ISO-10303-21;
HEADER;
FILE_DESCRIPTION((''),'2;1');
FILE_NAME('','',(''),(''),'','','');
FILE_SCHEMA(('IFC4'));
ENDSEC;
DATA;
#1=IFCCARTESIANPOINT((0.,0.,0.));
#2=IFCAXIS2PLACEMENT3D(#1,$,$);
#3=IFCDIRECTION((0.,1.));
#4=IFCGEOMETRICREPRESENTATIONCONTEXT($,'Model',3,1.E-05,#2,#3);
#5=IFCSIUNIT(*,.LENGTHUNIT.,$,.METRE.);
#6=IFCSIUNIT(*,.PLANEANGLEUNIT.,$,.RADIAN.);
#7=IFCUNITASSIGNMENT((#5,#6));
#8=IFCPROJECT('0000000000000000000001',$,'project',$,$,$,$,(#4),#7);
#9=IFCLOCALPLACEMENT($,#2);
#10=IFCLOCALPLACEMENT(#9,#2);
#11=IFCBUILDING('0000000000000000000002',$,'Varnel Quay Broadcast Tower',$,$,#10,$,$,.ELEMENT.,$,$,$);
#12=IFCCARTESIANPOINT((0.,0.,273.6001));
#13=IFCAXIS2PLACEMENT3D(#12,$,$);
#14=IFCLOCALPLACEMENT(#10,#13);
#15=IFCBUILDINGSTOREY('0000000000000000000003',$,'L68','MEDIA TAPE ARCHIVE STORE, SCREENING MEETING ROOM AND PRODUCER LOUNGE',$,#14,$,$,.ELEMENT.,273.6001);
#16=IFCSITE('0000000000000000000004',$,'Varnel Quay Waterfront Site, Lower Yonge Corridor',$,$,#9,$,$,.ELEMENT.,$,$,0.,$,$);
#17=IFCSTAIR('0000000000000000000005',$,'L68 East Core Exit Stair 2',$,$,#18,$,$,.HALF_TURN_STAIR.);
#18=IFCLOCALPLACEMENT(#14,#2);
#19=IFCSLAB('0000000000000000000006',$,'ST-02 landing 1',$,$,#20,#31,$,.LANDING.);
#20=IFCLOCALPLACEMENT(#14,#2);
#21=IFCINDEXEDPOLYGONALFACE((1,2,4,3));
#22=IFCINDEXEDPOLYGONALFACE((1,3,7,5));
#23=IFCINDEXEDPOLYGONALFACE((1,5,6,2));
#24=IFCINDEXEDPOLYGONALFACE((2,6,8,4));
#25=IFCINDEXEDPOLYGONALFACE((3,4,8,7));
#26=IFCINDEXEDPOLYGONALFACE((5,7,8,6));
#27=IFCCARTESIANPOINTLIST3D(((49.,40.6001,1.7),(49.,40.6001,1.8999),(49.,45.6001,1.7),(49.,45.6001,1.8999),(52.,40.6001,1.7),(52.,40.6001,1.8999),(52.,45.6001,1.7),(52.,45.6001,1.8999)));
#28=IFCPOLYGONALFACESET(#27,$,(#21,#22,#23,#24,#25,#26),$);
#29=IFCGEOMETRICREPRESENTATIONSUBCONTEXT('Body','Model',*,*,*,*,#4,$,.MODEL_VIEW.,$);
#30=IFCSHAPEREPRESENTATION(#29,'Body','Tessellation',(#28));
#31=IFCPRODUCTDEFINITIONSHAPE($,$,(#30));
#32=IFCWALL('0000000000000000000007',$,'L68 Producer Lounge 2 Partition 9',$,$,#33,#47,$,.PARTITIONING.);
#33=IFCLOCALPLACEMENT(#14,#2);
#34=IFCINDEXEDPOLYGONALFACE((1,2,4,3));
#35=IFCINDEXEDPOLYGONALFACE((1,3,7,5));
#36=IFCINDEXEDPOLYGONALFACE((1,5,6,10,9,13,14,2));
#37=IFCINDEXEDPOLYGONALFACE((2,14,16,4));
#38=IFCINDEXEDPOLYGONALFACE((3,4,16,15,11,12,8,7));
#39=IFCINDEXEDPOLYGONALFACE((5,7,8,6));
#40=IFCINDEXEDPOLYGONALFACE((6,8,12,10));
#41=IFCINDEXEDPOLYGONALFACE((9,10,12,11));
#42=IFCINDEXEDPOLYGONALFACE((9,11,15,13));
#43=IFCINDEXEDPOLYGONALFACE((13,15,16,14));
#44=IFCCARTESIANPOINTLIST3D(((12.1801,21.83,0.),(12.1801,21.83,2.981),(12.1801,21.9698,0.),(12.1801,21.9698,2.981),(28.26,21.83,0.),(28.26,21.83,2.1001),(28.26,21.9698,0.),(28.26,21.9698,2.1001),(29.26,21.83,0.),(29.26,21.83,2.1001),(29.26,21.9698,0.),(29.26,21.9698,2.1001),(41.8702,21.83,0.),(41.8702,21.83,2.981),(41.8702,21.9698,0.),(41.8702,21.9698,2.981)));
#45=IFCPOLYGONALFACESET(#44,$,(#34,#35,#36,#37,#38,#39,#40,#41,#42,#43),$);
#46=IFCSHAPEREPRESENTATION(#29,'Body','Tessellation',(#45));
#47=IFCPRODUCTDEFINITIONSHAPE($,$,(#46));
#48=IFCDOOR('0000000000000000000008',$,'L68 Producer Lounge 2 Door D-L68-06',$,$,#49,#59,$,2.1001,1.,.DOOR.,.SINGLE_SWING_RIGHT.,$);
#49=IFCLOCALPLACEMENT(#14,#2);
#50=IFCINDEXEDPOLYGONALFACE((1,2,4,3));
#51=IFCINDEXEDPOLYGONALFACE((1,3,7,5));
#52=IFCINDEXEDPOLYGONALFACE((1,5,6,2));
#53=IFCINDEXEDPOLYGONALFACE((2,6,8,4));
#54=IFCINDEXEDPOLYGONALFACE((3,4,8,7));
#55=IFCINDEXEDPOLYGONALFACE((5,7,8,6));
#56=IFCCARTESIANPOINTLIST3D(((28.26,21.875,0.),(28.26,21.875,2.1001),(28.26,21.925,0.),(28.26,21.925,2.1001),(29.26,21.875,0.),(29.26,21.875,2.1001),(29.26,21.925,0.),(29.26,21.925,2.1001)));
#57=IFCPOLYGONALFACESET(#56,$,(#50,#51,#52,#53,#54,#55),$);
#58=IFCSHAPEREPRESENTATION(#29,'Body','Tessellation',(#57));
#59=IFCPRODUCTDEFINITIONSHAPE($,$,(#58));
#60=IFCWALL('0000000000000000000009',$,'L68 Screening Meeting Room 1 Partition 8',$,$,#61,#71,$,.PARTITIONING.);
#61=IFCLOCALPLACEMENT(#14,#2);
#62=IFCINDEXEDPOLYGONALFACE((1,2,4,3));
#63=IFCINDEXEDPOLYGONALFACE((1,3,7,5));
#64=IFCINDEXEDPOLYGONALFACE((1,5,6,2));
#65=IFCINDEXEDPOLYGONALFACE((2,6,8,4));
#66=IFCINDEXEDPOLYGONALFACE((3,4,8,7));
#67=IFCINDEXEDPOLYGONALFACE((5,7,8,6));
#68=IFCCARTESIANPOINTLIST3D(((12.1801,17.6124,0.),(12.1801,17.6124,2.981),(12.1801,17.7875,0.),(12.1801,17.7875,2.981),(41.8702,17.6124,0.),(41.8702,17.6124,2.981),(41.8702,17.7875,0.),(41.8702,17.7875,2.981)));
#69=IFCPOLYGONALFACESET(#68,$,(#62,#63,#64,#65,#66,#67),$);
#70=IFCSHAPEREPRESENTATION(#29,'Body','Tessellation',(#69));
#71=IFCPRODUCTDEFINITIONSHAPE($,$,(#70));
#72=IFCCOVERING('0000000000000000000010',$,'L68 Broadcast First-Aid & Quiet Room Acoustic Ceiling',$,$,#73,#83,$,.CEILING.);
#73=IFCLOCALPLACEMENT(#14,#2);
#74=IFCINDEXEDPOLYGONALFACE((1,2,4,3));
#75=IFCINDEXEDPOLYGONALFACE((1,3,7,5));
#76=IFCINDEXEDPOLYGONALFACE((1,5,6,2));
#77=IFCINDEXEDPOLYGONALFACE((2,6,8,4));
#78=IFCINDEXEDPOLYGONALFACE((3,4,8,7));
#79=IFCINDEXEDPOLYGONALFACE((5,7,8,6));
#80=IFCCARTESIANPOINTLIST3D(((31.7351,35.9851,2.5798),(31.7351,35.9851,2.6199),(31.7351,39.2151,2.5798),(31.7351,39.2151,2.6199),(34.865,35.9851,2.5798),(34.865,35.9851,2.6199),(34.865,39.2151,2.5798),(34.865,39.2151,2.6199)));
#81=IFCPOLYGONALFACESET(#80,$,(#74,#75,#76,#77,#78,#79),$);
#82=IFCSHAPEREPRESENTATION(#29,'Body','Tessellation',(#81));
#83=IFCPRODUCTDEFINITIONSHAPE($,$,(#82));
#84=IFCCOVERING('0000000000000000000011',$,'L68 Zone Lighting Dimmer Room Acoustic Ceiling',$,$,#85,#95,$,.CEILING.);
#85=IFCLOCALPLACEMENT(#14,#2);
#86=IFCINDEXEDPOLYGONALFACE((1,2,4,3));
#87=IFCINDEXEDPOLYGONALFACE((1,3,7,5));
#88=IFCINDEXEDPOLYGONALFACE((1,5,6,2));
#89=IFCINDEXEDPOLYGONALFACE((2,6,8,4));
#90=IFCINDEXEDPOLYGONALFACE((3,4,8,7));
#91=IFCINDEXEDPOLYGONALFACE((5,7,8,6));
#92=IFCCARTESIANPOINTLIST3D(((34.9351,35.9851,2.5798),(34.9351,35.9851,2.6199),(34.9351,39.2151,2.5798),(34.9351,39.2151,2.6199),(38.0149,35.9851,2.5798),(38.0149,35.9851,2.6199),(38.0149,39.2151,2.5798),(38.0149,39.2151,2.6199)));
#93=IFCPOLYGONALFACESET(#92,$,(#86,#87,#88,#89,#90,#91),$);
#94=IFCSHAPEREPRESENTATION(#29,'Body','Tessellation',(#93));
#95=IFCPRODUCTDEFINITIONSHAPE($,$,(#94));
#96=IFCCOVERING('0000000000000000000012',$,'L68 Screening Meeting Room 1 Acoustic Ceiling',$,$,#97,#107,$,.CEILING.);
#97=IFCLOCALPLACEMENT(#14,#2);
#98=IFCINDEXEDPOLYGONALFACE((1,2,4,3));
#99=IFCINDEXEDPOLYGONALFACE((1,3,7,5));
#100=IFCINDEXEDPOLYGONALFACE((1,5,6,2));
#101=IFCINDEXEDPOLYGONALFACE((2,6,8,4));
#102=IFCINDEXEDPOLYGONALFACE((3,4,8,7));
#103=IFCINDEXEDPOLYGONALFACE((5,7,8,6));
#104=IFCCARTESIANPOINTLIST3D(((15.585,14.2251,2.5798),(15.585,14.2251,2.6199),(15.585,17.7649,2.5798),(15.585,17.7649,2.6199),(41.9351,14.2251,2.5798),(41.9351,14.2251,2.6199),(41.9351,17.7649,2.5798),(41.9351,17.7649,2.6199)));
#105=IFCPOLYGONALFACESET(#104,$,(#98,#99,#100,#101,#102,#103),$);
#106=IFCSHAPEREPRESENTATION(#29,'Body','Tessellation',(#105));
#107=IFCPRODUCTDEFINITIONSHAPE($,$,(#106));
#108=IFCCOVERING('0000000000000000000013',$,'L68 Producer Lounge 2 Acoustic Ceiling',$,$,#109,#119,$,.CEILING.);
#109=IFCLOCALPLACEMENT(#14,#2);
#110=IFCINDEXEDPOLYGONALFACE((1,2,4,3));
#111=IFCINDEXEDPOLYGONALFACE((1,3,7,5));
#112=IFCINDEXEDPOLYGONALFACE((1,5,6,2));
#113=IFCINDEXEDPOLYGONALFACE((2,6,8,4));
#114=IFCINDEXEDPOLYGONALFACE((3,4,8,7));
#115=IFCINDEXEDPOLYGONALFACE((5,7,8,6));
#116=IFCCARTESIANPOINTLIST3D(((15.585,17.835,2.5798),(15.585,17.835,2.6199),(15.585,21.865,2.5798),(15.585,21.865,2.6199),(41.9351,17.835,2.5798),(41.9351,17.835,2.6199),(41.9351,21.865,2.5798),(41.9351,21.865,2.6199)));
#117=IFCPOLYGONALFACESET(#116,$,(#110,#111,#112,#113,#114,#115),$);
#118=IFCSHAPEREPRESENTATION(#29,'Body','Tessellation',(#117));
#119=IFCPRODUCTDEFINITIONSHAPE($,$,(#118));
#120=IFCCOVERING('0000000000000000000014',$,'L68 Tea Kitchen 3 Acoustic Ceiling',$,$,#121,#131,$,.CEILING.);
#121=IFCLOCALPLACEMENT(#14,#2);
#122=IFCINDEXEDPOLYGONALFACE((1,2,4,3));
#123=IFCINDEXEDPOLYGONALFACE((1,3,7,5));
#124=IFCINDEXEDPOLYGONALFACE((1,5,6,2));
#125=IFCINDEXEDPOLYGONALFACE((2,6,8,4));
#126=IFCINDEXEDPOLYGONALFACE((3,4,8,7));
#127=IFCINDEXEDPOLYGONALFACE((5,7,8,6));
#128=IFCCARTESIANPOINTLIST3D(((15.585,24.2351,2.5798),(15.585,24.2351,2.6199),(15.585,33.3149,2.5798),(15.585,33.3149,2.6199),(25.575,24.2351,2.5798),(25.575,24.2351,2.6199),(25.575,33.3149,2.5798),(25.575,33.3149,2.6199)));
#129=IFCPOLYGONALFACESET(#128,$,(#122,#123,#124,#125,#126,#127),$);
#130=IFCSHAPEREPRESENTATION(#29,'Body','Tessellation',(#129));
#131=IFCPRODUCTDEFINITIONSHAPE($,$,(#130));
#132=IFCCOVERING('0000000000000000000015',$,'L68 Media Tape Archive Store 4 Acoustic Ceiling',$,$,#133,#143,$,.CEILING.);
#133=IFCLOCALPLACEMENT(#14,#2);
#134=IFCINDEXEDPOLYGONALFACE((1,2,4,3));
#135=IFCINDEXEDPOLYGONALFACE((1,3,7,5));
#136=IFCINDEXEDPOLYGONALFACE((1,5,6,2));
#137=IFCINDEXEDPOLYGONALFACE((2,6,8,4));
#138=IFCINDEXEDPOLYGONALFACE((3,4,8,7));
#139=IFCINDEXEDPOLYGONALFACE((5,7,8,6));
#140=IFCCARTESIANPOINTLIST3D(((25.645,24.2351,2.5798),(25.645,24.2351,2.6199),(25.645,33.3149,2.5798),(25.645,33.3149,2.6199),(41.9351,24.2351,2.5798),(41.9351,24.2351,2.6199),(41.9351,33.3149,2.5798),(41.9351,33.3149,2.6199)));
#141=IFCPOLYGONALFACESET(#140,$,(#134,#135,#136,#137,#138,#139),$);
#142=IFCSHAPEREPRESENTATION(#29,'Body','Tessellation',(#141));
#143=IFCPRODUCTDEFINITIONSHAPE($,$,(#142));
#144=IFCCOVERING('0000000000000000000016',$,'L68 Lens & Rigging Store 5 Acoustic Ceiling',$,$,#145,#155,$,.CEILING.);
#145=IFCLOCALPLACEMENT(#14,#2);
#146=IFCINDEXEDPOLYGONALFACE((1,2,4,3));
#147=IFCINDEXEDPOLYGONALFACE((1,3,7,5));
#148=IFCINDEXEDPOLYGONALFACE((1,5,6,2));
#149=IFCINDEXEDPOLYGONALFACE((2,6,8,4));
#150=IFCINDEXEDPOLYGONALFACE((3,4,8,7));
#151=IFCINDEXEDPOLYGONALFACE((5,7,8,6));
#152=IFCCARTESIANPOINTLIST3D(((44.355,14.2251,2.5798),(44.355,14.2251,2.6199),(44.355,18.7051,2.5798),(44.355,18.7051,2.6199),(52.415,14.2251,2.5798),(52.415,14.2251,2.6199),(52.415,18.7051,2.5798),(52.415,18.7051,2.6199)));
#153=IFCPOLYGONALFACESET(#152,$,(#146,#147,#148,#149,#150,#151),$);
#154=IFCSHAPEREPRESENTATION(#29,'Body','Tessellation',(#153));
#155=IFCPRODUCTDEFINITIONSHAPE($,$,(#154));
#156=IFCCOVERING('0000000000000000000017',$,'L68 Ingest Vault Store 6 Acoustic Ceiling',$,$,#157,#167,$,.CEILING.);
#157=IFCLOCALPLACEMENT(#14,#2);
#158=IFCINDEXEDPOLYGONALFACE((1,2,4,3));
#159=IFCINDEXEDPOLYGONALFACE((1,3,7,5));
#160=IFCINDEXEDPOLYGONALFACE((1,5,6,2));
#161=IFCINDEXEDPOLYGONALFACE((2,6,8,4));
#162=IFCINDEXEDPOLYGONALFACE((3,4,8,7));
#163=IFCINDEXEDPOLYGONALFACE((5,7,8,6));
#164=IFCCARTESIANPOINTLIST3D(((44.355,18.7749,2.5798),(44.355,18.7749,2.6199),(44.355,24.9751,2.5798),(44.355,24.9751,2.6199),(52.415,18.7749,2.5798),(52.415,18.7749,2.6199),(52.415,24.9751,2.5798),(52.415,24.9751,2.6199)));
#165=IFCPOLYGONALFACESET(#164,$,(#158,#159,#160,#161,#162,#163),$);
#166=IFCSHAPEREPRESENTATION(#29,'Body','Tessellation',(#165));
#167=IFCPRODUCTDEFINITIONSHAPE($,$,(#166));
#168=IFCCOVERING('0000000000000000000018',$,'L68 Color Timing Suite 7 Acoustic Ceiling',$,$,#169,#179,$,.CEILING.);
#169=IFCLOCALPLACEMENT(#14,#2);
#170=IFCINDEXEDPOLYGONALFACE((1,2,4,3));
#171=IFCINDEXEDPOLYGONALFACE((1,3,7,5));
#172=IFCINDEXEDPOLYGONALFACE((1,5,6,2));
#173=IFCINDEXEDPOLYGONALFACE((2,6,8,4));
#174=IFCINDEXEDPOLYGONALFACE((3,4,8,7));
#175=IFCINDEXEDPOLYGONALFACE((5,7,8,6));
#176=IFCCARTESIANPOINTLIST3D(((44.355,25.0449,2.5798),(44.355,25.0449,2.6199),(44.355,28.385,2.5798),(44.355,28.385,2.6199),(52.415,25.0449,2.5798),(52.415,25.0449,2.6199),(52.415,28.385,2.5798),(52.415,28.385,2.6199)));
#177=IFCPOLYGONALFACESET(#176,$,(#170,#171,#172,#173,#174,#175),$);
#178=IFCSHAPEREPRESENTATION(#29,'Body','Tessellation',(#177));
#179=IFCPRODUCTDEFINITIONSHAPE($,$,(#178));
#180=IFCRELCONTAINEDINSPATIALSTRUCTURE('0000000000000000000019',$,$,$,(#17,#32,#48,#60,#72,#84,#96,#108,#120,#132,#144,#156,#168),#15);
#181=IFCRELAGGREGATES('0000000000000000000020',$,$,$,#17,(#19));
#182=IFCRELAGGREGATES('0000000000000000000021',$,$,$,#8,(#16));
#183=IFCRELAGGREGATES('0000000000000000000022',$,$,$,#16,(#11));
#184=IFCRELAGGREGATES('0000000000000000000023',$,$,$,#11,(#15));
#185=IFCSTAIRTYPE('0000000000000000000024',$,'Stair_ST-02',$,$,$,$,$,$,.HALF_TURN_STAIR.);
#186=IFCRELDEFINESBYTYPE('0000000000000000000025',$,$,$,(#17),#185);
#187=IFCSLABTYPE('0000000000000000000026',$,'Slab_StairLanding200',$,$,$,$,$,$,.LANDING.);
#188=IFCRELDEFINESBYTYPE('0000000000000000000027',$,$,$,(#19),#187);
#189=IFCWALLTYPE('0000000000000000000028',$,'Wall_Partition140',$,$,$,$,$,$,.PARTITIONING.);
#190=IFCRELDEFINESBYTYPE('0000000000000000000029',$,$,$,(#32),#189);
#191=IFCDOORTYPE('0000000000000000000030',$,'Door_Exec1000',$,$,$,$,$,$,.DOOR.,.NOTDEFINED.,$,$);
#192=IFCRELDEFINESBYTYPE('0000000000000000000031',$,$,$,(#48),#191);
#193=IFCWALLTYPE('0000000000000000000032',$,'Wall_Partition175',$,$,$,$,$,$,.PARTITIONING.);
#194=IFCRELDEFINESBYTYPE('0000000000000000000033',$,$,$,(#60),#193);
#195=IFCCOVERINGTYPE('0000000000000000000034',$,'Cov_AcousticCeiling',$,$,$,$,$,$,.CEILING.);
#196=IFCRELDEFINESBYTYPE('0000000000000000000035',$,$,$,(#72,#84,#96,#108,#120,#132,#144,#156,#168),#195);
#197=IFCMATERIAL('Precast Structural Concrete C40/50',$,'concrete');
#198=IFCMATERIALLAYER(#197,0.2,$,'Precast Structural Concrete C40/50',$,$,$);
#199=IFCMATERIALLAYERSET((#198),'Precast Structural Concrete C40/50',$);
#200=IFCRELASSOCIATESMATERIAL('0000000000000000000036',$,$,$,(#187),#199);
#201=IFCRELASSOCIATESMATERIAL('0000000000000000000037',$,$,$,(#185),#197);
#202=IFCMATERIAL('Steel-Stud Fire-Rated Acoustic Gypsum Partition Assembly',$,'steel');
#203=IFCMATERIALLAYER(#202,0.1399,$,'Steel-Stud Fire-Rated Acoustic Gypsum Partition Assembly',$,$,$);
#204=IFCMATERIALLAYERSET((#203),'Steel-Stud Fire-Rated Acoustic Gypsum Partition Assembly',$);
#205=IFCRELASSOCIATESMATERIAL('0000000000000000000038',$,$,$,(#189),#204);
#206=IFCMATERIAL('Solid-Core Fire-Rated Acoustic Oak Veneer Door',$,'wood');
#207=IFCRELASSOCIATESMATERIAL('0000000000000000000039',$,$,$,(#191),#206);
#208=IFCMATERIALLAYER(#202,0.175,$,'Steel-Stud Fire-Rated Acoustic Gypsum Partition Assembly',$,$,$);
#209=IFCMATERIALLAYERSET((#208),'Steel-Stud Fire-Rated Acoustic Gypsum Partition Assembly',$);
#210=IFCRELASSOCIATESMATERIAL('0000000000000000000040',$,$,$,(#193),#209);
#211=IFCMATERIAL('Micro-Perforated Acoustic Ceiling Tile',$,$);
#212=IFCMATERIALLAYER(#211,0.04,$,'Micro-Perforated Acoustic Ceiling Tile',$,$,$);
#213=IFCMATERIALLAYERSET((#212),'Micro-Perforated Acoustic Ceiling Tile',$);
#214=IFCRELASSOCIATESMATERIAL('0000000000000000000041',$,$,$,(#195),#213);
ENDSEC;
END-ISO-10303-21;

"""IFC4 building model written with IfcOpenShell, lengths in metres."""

from ifc_helpers import new_model, si_unit, direction, frame, frame_2d, origin, place, context, subcontext, project, spatial, polyline, rectangle, outline, extrude, source, transform, mapped, material, layer, layer_set, type_object, type_shapes, element, fill, aggregate, save


model = new_model("IFC4")

# Units and contexts
model_context = context("Model", 3, precision=1e-05, world=origin(), true_north=direction((0.0, 1.0)))
body_context = subcontext(model_context, "Body", "Model", "MODEL_VIEW")
ifc_project = project(units=[si_unit("LENGTHUNIT", "METRE"), si_unit("PLANEANGLEUNIT", "RADIAN")], contexts=[model_context])

# Site, building, storey
site_placement = place(None, origin())
site = spatial("IfcSite", under=ifc_project, at=site_placement, Name="Varnel Quay Waterfront Site, Lower Yonge Corridor", CompositionType="ELEMENT", RefElevation=0.0)
building_placement = place(site_placement, origin())
building = spatial("IfcBuilding", under=site, at=building_placement, Name="Varnel Quay Broadcast Tower", CompositionType="ELEMENT")
storey_placement = place(building_placement, frame((0.0, 0.0, 273.6001)))
storey = spatial("IfcBuildingStorey", under=building, at=storey_placement, Name="L68", Description="MEDIA TAPE ARCHIVE STORE, SCREENING MEETING ROOM AND PRODUCER LOUNGE", CompositionType="ELEMENT", Elevation=273.6001)

# Stair, slab
ifc_material_1 = material(Name="Precast Structural Concrete C40/50", Category="concrete")
ifc_layer_1 = layer(ifc_material_1, 0.2, Name="Precast Structural Concrete C40/50")
ifc_layer_set_1 = layer_set([ifc_layer_1], Name="Precast Structural Concrete C40/50")
slab_type_1 = type_object("IfcSlabType", Name="Slab_StairLanding200", PredefinedType="LANDING", material=ifc_layer_set_1)
stair_type_1 = type_object("IfcStairType", Name="Stair_ST-02", PredefinedType="HALF_TURN_STAIR", material=ifc_material_1)
stair_1_placement = place(storey_placement, origin())
stair_1 = element("IfcStair", 1, at=stair_1_placement, inside=storey, type_object=stair_type_1, Name="L68 East Core Exit Stair 2", PredefinedType="HALF_TURN_STAIR")
slab_1_placement = place(storey_placement, frame((0.0, 0.0, 1.7)))
slab_1 = element("IfcSlab", 2, at=slab_1_placement, type_object=slab_type_1, Name="ST-02 landing 1", PredefinedType="LANDING", context=body_context, shape_type="SweptSolid", body=[
    extrude(outline(polyline([(52.0, 40.6001), (52.0, 45.6001), (49.0, 45.6001), (49.0, 40.6001), (52.0, 40.6001)])), origin(), (0.0, 0.0, 1.0), 0.2),
])
aggregate(stair_1, [slab_1])

# Wall, opening, door
ifc_material_2 = material(Name="Steel-Stud Fire-Rated Acoustic Gypsum Partition Assembly", Category="steel")
ifc_layer_2 = layer(ifc_material_2, 0.1399, Name="Steel-Stud Fire-Rated Acoustic Gypsum Partition Assembly")
ifc_layer_set_2 = layer_set([ifc_layer_2], Name="Steel-Stud Fire-Rated Acoustic Gypsum Partition Assembly")
wall_type_1 = type_object("IfcWallType", Name="Wall_Partition140", PredefinedType="PARTITIONING", material=ifc_layer_set_2)
wall_1_placement = place(storey_placement, frame((12.1799, 21.8999, 0.0), z_axis=(0.0, 0.0, 1.0), x_axis=(1.0, 0.0, 0.0)))
wall_1 = element("IfcWall", 3, at=wall_1_placement, inside=storey, type_object=wall_type_1, Name="L68 Producer Lounge 2 Partition 9", PredefinedType="PARTITIONING", context=body_context, shape_type="SweptSolid", body=[
    extrude(rectangle(XDim=29.6902, YDim=0.1399, at=frame_2d((14.8452, 0.0))), origin(), (0.0, 0.0, 1.0), 2.981),
])
opening_placement = place(wall_1_placement, frame((16.0801, 0.0, 0.0)))
opening = element("IfcOpeningElement", 4, at=opening_placement, cuts=wall_1, PredefinedType="OPENING", context=body_context, shape_type="SweptSolid", body=[
    extrude(rectangle(XDim=1.0, YDim=2.1001, at=frame_2d((0.5, 1.05))), frame((0.0, 0.0801, 0.0), z_axis=(0.0, -1.0, 0.0), x_axis=(1.0, 0.0, 0.0)), (0.0, 0.0, 1.0), 0.1599),
])
ifc_material_3 = material(Name="Solid-Core Fire-Rated Acoustic Oak Veneer Door", Category="wood")
door_type = type_object("IfcDoorType", Name="Door_Exec1000", OperationType="NOTDEFINED", PredefinedType="DOOR", material=ifc_material_3)
shared_shape_1 = source(origin(), body_context, "Body", "SweptSolid", [
    extrude(rectangle(XDim=1.0, YDim=2.1001, at=frame_2d((0.5, 1.05))), frame((0.0, 0.0249, 0.0), z_axis=(0.0, -1.0, 0.0), x_axis=(1.0, 0.0, 0.0)), (0.0, 0.0, 1.0), 0.05),
])
type_shapes(door_type, [shared_shape_1])
door_placement = place(opening_placement, frame((1.0, 0.0, 0.0), z_axis=(0.0, 0.0, 1.0), x_axis=(-1.0, 0.0, 0.0)))
door = element("IfcDoor", 5, at=door_placement, inside=storey, type_object=door_type, Name="L68 Producer Lounge 2 Door D-L68-06", OperationType="SINGLE_SWING_RIGHT", OverallHeight=2.1001, OverallWidth=1.0, PredefinedType="DOOR", context=body_context, shape_type="MappedRepresentation", body=[
    mapped(shared_shape_1, transform((0.0, 0.0, 0.0), x_axis=(1.0, 0.0, 0.0), y_axis=(0.0, 1.0, 0.0), z_axis=(0.0, 0.0, 1.0), scale=1.0)),
])
fill(opening, door)

# Wall
ifc_layer_3 = layer(ifc_material_2, 0.175, Name="Steel-Stud Fire-Rated Acoustic Gypsum Partition Assembly")
ifc_layer_set_3 = layer_set([ifc_layer_3], Name="Steel-Stud Fire-Rated Acoustic Gypsum Partition Assembly")
wall_type_2 = type_object("IfcWallType", Name="Wall_Partition175", PredefinedType="PARTITIONING", material=ifc_layer_set_3)
wall_2_placement = place(storey_placement, frame((12.1799, 17.7, 0.0), z_axis=(0.0, 0.0, 1.0), x_axis=(1.0, 0.0, 0.0)))
element("IfcWall", 6, at=wall_2_placement, inside=storey, type_object=wall_type_2, Name="L68 Screening Meeting Room 1 Partition 8", PredefinedType="PARTITIONING", context=body_context, shape_type="SweptSolid", body=[
    extrude(rectangle(XDim=29.6902, YDim=0.175, at=frame_2d((14.8452, 0.0))), origin(), (0.0, 0.0, 1.0), 2.981),
])

# Coverings
ifc_material_4 = material(Name="Micro-Perforated Acoustic Ceiling Tile")
ifc_layer_4 = layer(ifc_material_4, 0.04, Name="Micro-Perforated Acoustic Ceiling Tile")
ifc_layer_set_4 = layer_set([ifc_layer_4], Name="Micro-Perforated Acoustic Ceiling Tile")
covering_type_1 = type_object("IfcCoveringType", Name="Cov_AcousticCeiling", PredefinedType="CEILING", material=ifc_layer_set_4)
covering_1_placement = place(storey_placement, frame((0.0, 0.0, 2.5798)))
element("IfcCovering", 7, at=covering_1_placement, inside=storey, type_object=covering_type_1, Name="L68 Broadcast First-Aid & Quiet Room Acoustic Ceiling", PredefinedType="CEILING", context=body_context, shape_type="SweptSolid", body=[
    extrude(outline(polyline([(31.7351, 35.9851), (34.865, 35.9851), (34.865, 39.2151), (31.7351, 39.2151), (31.7351, 35.9851)])), origin(), (0.0, 0.0, 1.0), 0.04),
])
covering_2_placement = place(storey_placement, frame((0.0, 0.0, 2.5798)))
element("IfcCovering", 8, at=covering_2_placement, inside=storey, type_object=covering_type_1, Name="L68 Zone Lighting Dimmer Room Acoustic Ceiling", PredefinedType="CEILING", context=body_context, shape_type="SweptSolid", body=[
    extrude(outline(polyline([(34.9351, 35.9851), (38.0149, 35.9851), (38.0149, 39.2151), (34.9351, 39.2151), (34.9351, 35.9851)])), origin(), (0.0, 0.0, 1.0), 0.04),
])
covering_3_placement = place(storey_placement, frame((0.0, 0.0, 2.5798)))
element("IfcCovering", 9, at=covering_3_placement, inside=storey, type_object=covering_type_1, Name="L68 Screening Meeting Room 1 Acoustic Ceiling", PredefinedType="CEILING", context=body_context, shape_type="SweptSolid", body=[
    extrude(outline(polyline([(15.585, 14.2251), (41.9351, 14.2251), (41.9351, 17.7649), (15.585, 17.7649), (15.585, 14.2251)])), origin(), (0.0, 0.0, 1.0), 0.04),
])
covering_4_placement = place(storey_placement, frame((0.0, 0.0, 2.5798)))
element("IfcCovering", 10, at=covering_4_placement, inside=storey, type_object=covering_type_1, Name="L68 Producer Lounge 2 Acoustic Ceiling", PredefinedType="CEILING", context=body_context, shape_type="SweptSolid", body=[
    extrude(outline(polyline([(15.585, 17.835), (41.9351, 17.835), (41.9351, 21.865), (15.585, 21.865), (15.585, 17.835)])), origin(), (0.0, 0.0, 1.0), 0.04),
])
covering_5_placement = place(storey_placement, frame((0.0, 0.0, 2.5798)))
element("IfcCovering", 11, at=covering_5_placement, inside=storey, type_object=covering_type_1, Name="L68 Tea Kitchen 3 Acoustic Ceiling", PredefinedType="CEILING", context=body_context, shape_type="SweptSolid", body=[
    extrude(outline(polyline([(15.585, 24.2351), (25.575, 24.2351), (25.575, 33.3149), (15.585, 33.3149), (15.585, 24.2351)])), origin(), (0.0, 0.0, 1.0), 0.04),
])
covering_6_placement = place(storey_placement, frame((0.0, 0.0, 2.5798)))
element("IfcCovering", 12, at=covering_6_placement, inside=storey, type_object=covering_type_1, Name="L68 Media Tape Archive Store 4 Acoustic Ceiling", PredefinedType="CEILING", context=body_context, shape_type="SweptSolid", body=[
    extrude(outline(polyline([(25.645, 24.2351), (41.9351, 24.2351), (41.9351, 33.3149), (25.645, 33.3149), (25.645, 24.2351)])), origin(), (0.0, 0.0, 1.0), 0.04),
])
covering_7_placement = place(storey_placement, frame((0.0, 0.0, 2.5798)))
element("IfcCovering", 13, at=covering_7_placement, inside=storey, type_object=covering_type_1, Name="L68 Lens & Rigging Store 5 Acoustic Ceiling", PredefinedType="CEILING", context=body_context, shape_type="SweptSolid", body=[
    extrude(outline(polyline([(44.355, 14.2251), (52.415, 14.2251), (52.415, 18.7051), (44.355, 18.7051), (44.355, 14.2251)])), origin(), (0.0, 0.0, 1.0), 0.04),
])
covering_8_placement = place(storey_placement, frame((0.0, 0.0, 2.5798)))
element("IfcCovering", 14, at=covering_8_placement, inside=storey, type_object=covering_type_1, Name="L68 Ingest Vault Store 6 Acoustic Ceiling", PredefinedType="CEILING", context=body_context, shape_type="SweptSolid", body=[
    extrude(outline(polyline([(44.355, 18.7749), (52.415, 18.7749), (52.415, 24.9751), (44.355, 24.9751), (44.355, 18.7749)])), origin(), (0.0, 0.0, 1.0), 0.04),
])
covering_9_placement = place(storey_placement, frame((0.0, 0.0, 2.5798)))
element("IfcCovering", 15, at=covering_9_placement, inside=storey, type_object=covering_type_1, Name="L68 Color Timing Suite 7 Acoustic Ceiling", PredefinedType="CEILING", context=body_context, shape_type="SweptSolid", body=[
    extrude(outline(polyline([(44.355, 25.0449), (52.415, 25.0449), (52.415, 28.385), (44.355, 28.385), (44.355, 25.0449)])), origin(), (0.0, 0.0, 1.0), 0.04),
])

save(model, "model.ifc")
